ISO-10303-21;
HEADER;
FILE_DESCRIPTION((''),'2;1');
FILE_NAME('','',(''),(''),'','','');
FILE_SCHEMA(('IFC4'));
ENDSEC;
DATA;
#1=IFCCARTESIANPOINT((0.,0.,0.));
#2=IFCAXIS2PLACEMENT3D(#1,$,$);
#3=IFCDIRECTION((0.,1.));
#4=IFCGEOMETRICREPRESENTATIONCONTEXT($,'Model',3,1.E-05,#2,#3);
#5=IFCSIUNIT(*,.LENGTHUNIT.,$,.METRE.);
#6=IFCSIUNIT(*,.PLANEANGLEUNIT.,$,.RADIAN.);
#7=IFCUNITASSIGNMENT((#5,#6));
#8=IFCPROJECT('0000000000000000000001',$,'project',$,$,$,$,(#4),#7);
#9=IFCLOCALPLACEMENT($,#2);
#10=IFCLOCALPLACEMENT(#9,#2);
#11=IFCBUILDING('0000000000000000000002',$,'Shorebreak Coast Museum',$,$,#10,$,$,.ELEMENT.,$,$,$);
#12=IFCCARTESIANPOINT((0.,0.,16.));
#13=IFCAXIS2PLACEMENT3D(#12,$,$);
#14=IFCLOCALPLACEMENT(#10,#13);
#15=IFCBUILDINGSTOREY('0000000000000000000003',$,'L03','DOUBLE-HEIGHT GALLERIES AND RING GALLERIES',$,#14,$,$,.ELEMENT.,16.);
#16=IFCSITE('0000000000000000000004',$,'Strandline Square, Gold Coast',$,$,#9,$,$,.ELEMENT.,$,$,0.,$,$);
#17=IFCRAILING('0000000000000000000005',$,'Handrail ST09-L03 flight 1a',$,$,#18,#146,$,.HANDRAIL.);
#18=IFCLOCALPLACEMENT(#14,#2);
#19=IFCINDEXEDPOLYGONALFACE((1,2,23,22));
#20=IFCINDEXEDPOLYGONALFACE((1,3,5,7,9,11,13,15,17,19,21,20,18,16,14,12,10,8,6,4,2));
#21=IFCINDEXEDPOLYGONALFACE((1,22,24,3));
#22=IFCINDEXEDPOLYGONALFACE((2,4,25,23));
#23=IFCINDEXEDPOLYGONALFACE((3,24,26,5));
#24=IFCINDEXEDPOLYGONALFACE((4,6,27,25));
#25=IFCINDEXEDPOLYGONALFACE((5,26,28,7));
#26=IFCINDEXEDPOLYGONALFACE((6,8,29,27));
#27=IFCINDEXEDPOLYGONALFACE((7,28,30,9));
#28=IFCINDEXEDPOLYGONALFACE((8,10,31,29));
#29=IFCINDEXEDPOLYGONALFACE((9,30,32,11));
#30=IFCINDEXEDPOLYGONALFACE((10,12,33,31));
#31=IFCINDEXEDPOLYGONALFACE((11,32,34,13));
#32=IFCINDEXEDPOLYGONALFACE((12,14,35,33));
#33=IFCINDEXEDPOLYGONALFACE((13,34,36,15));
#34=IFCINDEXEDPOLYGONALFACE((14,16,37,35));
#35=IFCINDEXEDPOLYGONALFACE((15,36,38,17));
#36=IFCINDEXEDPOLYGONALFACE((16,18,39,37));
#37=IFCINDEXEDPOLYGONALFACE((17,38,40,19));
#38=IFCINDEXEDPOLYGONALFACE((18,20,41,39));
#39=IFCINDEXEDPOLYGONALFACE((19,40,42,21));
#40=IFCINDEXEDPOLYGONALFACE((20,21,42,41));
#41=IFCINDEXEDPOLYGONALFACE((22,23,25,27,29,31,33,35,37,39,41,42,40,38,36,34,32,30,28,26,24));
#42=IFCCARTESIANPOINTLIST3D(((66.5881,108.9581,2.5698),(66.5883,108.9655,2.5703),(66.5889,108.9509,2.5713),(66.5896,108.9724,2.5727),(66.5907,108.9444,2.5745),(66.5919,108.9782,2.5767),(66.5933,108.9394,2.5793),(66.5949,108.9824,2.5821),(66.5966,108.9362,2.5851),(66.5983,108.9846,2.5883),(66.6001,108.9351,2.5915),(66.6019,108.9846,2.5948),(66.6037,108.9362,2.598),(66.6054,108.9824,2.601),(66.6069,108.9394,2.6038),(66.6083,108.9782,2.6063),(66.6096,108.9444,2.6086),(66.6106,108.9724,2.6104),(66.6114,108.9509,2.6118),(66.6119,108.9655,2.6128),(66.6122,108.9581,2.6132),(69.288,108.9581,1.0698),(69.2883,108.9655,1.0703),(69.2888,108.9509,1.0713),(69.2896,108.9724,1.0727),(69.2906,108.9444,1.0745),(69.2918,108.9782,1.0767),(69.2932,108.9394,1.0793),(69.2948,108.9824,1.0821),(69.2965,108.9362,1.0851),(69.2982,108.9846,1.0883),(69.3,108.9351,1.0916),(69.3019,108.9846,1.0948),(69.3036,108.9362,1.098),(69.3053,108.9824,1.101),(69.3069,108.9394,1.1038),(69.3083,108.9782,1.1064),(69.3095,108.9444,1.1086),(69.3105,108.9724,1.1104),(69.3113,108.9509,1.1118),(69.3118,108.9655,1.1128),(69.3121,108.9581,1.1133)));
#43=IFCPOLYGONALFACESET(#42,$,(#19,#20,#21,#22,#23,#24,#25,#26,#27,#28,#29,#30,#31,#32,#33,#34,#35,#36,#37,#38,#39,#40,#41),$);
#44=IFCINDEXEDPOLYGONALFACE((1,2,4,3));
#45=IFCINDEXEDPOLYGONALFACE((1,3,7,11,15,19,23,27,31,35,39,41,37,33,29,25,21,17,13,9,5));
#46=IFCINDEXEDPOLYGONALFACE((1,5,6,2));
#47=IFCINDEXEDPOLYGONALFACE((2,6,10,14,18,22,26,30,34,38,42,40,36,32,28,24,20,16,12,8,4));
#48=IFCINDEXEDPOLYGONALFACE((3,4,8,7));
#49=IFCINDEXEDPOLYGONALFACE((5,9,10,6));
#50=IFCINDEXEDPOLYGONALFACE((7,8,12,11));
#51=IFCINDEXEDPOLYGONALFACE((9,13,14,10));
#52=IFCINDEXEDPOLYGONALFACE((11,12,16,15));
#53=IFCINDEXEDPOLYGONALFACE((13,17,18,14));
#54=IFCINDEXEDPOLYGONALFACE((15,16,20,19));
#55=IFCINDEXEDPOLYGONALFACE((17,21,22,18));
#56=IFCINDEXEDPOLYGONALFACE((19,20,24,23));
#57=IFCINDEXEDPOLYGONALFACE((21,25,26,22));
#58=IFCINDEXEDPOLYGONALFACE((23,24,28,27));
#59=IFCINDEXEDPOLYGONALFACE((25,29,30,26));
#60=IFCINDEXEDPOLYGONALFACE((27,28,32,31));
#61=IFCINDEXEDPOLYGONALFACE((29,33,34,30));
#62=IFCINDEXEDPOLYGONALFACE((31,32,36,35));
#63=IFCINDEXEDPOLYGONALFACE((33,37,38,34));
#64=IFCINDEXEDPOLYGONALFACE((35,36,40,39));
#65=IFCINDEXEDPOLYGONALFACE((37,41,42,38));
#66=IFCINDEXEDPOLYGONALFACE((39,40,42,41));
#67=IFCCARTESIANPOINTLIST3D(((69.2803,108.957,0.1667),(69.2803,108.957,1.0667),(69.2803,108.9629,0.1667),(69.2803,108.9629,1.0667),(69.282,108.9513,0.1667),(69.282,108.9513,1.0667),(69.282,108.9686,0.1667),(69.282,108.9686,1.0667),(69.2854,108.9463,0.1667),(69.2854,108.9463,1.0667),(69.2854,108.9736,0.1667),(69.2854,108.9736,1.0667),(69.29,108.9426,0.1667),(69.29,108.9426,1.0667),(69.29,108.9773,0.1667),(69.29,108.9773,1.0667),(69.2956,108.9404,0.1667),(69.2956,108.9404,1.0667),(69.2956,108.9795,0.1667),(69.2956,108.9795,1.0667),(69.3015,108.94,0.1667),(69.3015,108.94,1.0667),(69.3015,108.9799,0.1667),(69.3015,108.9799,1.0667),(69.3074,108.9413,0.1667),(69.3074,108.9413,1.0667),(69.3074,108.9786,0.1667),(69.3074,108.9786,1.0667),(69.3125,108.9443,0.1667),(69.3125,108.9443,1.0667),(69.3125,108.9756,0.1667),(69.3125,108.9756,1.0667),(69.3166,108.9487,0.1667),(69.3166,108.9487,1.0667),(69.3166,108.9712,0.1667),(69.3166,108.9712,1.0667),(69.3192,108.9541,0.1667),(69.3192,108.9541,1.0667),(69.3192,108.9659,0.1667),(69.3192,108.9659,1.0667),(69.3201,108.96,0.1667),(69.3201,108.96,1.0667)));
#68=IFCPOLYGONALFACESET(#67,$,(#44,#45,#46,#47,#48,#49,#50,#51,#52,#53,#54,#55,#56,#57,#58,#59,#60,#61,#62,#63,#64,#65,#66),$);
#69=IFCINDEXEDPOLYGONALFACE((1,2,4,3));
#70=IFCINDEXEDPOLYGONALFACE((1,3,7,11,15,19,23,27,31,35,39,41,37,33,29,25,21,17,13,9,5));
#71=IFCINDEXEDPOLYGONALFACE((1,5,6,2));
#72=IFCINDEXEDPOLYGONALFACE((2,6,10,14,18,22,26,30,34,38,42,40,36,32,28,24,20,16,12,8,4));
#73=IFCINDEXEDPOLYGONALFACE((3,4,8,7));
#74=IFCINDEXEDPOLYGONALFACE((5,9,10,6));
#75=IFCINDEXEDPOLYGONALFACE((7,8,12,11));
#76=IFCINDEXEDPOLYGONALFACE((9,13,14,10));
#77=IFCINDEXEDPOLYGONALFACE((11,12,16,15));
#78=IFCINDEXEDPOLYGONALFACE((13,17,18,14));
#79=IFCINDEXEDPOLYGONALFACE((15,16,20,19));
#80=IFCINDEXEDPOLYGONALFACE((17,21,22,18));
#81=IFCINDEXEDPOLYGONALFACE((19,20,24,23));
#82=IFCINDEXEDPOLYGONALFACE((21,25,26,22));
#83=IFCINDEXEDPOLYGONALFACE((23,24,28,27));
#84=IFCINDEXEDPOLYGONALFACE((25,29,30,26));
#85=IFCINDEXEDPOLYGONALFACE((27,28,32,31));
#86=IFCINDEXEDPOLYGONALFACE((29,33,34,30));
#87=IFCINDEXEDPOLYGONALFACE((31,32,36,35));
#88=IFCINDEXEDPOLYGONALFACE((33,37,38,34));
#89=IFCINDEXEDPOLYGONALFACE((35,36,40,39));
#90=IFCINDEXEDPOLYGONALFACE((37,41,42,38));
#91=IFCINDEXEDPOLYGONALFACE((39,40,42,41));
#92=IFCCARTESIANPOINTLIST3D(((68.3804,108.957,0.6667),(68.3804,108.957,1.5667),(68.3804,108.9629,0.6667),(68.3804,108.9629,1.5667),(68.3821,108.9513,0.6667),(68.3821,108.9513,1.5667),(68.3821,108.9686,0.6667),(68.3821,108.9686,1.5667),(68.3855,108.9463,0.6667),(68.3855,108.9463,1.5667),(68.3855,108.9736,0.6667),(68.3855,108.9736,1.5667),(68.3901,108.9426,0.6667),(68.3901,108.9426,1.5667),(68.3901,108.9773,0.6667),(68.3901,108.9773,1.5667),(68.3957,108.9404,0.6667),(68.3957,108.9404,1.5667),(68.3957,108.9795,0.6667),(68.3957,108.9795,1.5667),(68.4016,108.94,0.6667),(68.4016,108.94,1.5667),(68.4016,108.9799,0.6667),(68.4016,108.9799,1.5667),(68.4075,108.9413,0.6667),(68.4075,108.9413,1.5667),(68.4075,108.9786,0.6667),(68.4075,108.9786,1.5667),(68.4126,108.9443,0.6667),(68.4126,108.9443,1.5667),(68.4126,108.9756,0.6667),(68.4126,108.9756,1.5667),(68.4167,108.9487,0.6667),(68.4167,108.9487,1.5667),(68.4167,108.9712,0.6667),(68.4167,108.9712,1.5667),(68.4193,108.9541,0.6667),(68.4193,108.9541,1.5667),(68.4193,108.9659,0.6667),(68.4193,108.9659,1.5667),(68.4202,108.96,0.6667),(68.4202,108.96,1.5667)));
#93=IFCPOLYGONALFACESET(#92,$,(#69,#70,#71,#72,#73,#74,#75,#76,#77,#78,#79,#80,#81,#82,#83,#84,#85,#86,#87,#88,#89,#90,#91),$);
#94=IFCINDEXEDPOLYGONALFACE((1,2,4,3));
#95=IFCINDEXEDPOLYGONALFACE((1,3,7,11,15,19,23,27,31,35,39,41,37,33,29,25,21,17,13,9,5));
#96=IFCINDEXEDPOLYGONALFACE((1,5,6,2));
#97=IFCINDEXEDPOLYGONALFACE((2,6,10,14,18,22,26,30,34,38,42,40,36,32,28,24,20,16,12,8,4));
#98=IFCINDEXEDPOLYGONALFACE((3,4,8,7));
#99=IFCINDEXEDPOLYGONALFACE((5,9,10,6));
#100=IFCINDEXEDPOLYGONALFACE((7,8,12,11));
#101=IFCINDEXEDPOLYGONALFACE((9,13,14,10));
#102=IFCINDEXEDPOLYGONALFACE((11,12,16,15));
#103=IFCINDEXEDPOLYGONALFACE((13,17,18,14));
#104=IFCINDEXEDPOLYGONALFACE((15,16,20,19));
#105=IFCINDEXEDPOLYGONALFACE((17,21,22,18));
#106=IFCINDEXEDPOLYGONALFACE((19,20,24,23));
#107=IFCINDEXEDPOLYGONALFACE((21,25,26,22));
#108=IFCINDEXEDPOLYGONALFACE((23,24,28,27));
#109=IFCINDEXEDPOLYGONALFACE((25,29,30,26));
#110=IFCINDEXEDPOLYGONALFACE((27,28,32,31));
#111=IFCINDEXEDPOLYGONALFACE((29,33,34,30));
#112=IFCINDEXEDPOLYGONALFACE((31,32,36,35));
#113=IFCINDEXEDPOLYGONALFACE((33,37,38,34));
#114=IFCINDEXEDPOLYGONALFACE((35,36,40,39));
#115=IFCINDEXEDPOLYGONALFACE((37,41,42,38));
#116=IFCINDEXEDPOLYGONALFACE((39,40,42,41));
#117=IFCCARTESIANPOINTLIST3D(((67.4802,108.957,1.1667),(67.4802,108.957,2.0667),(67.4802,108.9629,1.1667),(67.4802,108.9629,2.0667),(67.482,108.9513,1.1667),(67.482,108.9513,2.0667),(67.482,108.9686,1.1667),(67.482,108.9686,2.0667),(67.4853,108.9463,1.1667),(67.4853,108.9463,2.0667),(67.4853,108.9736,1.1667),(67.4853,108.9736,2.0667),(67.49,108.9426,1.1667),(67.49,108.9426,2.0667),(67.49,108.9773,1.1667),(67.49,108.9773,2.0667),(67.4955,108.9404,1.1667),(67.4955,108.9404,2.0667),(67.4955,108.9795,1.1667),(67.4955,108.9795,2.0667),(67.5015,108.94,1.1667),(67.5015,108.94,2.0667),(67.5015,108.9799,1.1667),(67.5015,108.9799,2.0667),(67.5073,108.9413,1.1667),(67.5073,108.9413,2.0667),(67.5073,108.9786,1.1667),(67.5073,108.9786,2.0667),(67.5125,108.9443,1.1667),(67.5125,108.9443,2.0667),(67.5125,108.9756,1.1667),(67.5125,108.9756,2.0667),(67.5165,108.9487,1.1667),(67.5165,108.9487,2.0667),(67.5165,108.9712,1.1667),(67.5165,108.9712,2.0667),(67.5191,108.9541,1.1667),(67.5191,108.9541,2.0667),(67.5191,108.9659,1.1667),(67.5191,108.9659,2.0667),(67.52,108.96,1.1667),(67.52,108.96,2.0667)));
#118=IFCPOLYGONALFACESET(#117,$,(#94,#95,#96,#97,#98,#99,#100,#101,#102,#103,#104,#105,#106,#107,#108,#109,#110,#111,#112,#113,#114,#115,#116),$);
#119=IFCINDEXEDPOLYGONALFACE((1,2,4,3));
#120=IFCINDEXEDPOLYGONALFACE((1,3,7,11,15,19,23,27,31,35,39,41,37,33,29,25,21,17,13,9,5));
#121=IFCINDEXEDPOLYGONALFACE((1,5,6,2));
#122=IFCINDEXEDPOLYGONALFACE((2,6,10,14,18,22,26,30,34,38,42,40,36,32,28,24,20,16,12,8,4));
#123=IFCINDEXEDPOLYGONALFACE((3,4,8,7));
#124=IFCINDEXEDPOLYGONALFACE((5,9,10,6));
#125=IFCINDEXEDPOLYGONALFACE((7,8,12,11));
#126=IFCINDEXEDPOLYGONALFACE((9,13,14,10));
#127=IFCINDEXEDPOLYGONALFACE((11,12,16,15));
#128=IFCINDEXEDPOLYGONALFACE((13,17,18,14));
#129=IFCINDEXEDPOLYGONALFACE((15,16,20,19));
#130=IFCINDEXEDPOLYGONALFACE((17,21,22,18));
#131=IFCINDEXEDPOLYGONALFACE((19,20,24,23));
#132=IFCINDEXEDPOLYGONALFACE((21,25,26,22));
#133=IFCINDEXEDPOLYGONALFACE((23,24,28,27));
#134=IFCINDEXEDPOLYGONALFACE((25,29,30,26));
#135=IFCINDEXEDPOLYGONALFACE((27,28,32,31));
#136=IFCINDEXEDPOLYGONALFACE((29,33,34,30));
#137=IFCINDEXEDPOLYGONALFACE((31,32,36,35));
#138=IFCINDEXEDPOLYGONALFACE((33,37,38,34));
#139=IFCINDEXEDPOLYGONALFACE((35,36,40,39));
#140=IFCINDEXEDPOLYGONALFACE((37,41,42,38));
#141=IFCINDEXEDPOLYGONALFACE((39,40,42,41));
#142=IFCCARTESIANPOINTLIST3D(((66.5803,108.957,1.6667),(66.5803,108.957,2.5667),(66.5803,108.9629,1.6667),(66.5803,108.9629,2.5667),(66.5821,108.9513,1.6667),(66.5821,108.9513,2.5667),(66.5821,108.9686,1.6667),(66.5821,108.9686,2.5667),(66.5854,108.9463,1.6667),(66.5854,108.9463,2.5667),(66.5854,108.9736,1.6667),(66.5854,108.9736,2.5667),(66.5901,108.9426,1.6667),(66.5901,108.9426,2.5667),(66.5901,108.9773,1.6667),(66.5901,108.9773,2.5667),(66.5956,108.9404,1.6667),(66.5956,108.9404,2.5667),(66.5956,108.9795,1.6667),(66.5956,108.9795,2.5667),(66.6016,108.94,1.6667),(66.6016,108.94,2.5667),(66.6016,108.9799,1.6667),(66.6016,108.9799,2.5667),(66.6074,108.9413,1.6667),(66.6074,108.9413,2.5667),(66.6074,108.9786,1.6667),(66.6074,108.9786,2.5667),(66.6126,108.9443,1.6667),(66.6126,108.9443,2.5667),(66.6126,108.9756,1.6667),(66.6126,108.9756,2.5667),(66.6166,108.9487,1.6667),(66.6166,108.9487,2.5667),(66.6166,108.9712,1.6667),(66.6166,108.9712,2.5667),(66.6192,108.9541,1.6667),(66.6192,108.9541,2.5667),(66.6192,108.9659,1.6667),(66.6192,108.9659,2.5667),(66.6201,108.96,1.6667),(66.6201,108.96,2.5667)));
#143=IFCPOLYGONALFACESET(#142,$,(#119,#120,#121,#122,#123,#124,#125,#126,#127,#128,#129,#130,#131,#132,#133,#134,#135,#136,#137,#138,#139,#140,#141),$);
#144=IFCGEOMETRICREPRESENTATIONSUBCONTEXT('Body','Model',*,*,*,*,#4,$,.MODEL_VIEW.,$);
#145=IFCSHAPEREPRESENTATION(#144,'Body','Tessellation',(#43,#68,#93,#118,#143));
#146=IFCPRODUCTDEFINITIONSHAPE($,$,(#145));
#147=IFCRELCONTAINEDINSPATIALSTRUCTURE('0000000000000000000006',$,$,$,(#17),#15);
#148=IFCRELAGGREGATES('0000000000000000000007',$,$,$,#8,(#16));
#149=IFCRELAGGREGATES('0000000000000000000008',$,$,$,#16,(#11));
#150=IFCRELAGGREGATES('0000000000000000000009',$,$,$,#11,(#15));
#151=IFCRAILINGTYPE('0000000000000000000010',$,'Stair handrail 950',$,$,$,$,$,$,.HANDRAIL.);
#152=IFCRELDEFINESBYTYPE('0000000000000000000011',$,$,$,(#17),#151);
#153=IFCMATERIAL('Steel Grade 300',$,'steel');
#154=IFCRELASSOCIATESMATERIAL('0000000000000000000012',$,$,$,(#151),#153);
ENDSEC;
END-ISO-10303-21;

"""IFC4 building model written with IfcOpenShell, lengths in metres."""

from ifc_helpers import new_model, si_unit, direction, frame, origin, origin_2d, place, context, subcontext, project, spatial, circle, extrude, material, type_object, element, save


model = new_model("IFC4")

# Units and contexts
model_context = context("Model", 3, precision=1e-05, world=origin(), true_north=direction((0.0, 1.0)))
body_context = subcontext(model_context, "Body", "Model", "MODEL_VIEW")
ifc_project = project(units=[si_unit("LENGTHUNIT", "METRE"), si_unit("PLANEANGLEUNIT", "RADIAN")], contexts=[model_context])

# Site, building, storey
site_placement = place(None, origin())
site = spatial("IfcSite", under=ifc_project, at=site_placement, Name="Strandline Square, Gold Coast", CompositionType="ELEMENT", RefElevation=0.0)
building_placement = place(site_placement, origin())
building = spatial("IfcBuilding", under=site, at=building_placement, Name="Shorebreak Coast Museum", CompositionType="ELEMENT")
storey_placement = place(building_placement, frame((0.0, 0.0, 16.0)))
storey = spatial("IfcBuildingStorey", under=building, at=storey_placement, Name="L03", Description="DOUBLE-HEIGHT GALLERIES AND RING GALLERIES", CompositionType="ELEMENT", Elevation=16.0)

# Railing
ifc_material_1 = material(Name="Steel Grade 300", Category="steel")
railing_type_1 = type_object("IfcRailingType", Name="Stair handrail 950", PredefinedType="HANDRAIL", material=ifc_material_1)
for number, where, name in (
    (1, (69.3, 108.96, 0.1667), "Handrail ST09-L03 flight 1a"),
):
    element("IfcRailing", number, at=place(storey_placement, frame(where)), inside=storey, type_object=railing_type_1, Name=name, PredefinedType="HANDRAIL", context=body_context, shape_type="SweptSolid", body=[
        extrude(circle(Radius=0.0249, at=origin_2d()), frame((0.0, 0.0, 0.9248), z_axis=(-0.874154, 0.0, 0.48565), x_axis=(0.0, -1.0, 0.0)), (0.0, 0.0, 1.0), 3.0886),
        extrude(circle(Radius=0.02, at=origin_2d()), origin(), (0.0, 0.0, 1.0), 0.8999),
        extrude(circle(Radius=0.02, at=origin_2d()), frame((-0.8999, 0.0, 0.5)), (0.0, 0.0, 1.0), 0.8999),
        extrude(circle(Radius=0.02, at=origin_2d()), frame((-1.8, 0.0, 1.0)), (0.0, 0.0, 1.0), 0.8999),
        extrude(circle(Radius=0.02, at=origin_2d()), frame((-2.7, 0.0, 1.5)), (0.0, 0.0, 1.0), 0.8999),
    ])

save(model, "model.ifc")
